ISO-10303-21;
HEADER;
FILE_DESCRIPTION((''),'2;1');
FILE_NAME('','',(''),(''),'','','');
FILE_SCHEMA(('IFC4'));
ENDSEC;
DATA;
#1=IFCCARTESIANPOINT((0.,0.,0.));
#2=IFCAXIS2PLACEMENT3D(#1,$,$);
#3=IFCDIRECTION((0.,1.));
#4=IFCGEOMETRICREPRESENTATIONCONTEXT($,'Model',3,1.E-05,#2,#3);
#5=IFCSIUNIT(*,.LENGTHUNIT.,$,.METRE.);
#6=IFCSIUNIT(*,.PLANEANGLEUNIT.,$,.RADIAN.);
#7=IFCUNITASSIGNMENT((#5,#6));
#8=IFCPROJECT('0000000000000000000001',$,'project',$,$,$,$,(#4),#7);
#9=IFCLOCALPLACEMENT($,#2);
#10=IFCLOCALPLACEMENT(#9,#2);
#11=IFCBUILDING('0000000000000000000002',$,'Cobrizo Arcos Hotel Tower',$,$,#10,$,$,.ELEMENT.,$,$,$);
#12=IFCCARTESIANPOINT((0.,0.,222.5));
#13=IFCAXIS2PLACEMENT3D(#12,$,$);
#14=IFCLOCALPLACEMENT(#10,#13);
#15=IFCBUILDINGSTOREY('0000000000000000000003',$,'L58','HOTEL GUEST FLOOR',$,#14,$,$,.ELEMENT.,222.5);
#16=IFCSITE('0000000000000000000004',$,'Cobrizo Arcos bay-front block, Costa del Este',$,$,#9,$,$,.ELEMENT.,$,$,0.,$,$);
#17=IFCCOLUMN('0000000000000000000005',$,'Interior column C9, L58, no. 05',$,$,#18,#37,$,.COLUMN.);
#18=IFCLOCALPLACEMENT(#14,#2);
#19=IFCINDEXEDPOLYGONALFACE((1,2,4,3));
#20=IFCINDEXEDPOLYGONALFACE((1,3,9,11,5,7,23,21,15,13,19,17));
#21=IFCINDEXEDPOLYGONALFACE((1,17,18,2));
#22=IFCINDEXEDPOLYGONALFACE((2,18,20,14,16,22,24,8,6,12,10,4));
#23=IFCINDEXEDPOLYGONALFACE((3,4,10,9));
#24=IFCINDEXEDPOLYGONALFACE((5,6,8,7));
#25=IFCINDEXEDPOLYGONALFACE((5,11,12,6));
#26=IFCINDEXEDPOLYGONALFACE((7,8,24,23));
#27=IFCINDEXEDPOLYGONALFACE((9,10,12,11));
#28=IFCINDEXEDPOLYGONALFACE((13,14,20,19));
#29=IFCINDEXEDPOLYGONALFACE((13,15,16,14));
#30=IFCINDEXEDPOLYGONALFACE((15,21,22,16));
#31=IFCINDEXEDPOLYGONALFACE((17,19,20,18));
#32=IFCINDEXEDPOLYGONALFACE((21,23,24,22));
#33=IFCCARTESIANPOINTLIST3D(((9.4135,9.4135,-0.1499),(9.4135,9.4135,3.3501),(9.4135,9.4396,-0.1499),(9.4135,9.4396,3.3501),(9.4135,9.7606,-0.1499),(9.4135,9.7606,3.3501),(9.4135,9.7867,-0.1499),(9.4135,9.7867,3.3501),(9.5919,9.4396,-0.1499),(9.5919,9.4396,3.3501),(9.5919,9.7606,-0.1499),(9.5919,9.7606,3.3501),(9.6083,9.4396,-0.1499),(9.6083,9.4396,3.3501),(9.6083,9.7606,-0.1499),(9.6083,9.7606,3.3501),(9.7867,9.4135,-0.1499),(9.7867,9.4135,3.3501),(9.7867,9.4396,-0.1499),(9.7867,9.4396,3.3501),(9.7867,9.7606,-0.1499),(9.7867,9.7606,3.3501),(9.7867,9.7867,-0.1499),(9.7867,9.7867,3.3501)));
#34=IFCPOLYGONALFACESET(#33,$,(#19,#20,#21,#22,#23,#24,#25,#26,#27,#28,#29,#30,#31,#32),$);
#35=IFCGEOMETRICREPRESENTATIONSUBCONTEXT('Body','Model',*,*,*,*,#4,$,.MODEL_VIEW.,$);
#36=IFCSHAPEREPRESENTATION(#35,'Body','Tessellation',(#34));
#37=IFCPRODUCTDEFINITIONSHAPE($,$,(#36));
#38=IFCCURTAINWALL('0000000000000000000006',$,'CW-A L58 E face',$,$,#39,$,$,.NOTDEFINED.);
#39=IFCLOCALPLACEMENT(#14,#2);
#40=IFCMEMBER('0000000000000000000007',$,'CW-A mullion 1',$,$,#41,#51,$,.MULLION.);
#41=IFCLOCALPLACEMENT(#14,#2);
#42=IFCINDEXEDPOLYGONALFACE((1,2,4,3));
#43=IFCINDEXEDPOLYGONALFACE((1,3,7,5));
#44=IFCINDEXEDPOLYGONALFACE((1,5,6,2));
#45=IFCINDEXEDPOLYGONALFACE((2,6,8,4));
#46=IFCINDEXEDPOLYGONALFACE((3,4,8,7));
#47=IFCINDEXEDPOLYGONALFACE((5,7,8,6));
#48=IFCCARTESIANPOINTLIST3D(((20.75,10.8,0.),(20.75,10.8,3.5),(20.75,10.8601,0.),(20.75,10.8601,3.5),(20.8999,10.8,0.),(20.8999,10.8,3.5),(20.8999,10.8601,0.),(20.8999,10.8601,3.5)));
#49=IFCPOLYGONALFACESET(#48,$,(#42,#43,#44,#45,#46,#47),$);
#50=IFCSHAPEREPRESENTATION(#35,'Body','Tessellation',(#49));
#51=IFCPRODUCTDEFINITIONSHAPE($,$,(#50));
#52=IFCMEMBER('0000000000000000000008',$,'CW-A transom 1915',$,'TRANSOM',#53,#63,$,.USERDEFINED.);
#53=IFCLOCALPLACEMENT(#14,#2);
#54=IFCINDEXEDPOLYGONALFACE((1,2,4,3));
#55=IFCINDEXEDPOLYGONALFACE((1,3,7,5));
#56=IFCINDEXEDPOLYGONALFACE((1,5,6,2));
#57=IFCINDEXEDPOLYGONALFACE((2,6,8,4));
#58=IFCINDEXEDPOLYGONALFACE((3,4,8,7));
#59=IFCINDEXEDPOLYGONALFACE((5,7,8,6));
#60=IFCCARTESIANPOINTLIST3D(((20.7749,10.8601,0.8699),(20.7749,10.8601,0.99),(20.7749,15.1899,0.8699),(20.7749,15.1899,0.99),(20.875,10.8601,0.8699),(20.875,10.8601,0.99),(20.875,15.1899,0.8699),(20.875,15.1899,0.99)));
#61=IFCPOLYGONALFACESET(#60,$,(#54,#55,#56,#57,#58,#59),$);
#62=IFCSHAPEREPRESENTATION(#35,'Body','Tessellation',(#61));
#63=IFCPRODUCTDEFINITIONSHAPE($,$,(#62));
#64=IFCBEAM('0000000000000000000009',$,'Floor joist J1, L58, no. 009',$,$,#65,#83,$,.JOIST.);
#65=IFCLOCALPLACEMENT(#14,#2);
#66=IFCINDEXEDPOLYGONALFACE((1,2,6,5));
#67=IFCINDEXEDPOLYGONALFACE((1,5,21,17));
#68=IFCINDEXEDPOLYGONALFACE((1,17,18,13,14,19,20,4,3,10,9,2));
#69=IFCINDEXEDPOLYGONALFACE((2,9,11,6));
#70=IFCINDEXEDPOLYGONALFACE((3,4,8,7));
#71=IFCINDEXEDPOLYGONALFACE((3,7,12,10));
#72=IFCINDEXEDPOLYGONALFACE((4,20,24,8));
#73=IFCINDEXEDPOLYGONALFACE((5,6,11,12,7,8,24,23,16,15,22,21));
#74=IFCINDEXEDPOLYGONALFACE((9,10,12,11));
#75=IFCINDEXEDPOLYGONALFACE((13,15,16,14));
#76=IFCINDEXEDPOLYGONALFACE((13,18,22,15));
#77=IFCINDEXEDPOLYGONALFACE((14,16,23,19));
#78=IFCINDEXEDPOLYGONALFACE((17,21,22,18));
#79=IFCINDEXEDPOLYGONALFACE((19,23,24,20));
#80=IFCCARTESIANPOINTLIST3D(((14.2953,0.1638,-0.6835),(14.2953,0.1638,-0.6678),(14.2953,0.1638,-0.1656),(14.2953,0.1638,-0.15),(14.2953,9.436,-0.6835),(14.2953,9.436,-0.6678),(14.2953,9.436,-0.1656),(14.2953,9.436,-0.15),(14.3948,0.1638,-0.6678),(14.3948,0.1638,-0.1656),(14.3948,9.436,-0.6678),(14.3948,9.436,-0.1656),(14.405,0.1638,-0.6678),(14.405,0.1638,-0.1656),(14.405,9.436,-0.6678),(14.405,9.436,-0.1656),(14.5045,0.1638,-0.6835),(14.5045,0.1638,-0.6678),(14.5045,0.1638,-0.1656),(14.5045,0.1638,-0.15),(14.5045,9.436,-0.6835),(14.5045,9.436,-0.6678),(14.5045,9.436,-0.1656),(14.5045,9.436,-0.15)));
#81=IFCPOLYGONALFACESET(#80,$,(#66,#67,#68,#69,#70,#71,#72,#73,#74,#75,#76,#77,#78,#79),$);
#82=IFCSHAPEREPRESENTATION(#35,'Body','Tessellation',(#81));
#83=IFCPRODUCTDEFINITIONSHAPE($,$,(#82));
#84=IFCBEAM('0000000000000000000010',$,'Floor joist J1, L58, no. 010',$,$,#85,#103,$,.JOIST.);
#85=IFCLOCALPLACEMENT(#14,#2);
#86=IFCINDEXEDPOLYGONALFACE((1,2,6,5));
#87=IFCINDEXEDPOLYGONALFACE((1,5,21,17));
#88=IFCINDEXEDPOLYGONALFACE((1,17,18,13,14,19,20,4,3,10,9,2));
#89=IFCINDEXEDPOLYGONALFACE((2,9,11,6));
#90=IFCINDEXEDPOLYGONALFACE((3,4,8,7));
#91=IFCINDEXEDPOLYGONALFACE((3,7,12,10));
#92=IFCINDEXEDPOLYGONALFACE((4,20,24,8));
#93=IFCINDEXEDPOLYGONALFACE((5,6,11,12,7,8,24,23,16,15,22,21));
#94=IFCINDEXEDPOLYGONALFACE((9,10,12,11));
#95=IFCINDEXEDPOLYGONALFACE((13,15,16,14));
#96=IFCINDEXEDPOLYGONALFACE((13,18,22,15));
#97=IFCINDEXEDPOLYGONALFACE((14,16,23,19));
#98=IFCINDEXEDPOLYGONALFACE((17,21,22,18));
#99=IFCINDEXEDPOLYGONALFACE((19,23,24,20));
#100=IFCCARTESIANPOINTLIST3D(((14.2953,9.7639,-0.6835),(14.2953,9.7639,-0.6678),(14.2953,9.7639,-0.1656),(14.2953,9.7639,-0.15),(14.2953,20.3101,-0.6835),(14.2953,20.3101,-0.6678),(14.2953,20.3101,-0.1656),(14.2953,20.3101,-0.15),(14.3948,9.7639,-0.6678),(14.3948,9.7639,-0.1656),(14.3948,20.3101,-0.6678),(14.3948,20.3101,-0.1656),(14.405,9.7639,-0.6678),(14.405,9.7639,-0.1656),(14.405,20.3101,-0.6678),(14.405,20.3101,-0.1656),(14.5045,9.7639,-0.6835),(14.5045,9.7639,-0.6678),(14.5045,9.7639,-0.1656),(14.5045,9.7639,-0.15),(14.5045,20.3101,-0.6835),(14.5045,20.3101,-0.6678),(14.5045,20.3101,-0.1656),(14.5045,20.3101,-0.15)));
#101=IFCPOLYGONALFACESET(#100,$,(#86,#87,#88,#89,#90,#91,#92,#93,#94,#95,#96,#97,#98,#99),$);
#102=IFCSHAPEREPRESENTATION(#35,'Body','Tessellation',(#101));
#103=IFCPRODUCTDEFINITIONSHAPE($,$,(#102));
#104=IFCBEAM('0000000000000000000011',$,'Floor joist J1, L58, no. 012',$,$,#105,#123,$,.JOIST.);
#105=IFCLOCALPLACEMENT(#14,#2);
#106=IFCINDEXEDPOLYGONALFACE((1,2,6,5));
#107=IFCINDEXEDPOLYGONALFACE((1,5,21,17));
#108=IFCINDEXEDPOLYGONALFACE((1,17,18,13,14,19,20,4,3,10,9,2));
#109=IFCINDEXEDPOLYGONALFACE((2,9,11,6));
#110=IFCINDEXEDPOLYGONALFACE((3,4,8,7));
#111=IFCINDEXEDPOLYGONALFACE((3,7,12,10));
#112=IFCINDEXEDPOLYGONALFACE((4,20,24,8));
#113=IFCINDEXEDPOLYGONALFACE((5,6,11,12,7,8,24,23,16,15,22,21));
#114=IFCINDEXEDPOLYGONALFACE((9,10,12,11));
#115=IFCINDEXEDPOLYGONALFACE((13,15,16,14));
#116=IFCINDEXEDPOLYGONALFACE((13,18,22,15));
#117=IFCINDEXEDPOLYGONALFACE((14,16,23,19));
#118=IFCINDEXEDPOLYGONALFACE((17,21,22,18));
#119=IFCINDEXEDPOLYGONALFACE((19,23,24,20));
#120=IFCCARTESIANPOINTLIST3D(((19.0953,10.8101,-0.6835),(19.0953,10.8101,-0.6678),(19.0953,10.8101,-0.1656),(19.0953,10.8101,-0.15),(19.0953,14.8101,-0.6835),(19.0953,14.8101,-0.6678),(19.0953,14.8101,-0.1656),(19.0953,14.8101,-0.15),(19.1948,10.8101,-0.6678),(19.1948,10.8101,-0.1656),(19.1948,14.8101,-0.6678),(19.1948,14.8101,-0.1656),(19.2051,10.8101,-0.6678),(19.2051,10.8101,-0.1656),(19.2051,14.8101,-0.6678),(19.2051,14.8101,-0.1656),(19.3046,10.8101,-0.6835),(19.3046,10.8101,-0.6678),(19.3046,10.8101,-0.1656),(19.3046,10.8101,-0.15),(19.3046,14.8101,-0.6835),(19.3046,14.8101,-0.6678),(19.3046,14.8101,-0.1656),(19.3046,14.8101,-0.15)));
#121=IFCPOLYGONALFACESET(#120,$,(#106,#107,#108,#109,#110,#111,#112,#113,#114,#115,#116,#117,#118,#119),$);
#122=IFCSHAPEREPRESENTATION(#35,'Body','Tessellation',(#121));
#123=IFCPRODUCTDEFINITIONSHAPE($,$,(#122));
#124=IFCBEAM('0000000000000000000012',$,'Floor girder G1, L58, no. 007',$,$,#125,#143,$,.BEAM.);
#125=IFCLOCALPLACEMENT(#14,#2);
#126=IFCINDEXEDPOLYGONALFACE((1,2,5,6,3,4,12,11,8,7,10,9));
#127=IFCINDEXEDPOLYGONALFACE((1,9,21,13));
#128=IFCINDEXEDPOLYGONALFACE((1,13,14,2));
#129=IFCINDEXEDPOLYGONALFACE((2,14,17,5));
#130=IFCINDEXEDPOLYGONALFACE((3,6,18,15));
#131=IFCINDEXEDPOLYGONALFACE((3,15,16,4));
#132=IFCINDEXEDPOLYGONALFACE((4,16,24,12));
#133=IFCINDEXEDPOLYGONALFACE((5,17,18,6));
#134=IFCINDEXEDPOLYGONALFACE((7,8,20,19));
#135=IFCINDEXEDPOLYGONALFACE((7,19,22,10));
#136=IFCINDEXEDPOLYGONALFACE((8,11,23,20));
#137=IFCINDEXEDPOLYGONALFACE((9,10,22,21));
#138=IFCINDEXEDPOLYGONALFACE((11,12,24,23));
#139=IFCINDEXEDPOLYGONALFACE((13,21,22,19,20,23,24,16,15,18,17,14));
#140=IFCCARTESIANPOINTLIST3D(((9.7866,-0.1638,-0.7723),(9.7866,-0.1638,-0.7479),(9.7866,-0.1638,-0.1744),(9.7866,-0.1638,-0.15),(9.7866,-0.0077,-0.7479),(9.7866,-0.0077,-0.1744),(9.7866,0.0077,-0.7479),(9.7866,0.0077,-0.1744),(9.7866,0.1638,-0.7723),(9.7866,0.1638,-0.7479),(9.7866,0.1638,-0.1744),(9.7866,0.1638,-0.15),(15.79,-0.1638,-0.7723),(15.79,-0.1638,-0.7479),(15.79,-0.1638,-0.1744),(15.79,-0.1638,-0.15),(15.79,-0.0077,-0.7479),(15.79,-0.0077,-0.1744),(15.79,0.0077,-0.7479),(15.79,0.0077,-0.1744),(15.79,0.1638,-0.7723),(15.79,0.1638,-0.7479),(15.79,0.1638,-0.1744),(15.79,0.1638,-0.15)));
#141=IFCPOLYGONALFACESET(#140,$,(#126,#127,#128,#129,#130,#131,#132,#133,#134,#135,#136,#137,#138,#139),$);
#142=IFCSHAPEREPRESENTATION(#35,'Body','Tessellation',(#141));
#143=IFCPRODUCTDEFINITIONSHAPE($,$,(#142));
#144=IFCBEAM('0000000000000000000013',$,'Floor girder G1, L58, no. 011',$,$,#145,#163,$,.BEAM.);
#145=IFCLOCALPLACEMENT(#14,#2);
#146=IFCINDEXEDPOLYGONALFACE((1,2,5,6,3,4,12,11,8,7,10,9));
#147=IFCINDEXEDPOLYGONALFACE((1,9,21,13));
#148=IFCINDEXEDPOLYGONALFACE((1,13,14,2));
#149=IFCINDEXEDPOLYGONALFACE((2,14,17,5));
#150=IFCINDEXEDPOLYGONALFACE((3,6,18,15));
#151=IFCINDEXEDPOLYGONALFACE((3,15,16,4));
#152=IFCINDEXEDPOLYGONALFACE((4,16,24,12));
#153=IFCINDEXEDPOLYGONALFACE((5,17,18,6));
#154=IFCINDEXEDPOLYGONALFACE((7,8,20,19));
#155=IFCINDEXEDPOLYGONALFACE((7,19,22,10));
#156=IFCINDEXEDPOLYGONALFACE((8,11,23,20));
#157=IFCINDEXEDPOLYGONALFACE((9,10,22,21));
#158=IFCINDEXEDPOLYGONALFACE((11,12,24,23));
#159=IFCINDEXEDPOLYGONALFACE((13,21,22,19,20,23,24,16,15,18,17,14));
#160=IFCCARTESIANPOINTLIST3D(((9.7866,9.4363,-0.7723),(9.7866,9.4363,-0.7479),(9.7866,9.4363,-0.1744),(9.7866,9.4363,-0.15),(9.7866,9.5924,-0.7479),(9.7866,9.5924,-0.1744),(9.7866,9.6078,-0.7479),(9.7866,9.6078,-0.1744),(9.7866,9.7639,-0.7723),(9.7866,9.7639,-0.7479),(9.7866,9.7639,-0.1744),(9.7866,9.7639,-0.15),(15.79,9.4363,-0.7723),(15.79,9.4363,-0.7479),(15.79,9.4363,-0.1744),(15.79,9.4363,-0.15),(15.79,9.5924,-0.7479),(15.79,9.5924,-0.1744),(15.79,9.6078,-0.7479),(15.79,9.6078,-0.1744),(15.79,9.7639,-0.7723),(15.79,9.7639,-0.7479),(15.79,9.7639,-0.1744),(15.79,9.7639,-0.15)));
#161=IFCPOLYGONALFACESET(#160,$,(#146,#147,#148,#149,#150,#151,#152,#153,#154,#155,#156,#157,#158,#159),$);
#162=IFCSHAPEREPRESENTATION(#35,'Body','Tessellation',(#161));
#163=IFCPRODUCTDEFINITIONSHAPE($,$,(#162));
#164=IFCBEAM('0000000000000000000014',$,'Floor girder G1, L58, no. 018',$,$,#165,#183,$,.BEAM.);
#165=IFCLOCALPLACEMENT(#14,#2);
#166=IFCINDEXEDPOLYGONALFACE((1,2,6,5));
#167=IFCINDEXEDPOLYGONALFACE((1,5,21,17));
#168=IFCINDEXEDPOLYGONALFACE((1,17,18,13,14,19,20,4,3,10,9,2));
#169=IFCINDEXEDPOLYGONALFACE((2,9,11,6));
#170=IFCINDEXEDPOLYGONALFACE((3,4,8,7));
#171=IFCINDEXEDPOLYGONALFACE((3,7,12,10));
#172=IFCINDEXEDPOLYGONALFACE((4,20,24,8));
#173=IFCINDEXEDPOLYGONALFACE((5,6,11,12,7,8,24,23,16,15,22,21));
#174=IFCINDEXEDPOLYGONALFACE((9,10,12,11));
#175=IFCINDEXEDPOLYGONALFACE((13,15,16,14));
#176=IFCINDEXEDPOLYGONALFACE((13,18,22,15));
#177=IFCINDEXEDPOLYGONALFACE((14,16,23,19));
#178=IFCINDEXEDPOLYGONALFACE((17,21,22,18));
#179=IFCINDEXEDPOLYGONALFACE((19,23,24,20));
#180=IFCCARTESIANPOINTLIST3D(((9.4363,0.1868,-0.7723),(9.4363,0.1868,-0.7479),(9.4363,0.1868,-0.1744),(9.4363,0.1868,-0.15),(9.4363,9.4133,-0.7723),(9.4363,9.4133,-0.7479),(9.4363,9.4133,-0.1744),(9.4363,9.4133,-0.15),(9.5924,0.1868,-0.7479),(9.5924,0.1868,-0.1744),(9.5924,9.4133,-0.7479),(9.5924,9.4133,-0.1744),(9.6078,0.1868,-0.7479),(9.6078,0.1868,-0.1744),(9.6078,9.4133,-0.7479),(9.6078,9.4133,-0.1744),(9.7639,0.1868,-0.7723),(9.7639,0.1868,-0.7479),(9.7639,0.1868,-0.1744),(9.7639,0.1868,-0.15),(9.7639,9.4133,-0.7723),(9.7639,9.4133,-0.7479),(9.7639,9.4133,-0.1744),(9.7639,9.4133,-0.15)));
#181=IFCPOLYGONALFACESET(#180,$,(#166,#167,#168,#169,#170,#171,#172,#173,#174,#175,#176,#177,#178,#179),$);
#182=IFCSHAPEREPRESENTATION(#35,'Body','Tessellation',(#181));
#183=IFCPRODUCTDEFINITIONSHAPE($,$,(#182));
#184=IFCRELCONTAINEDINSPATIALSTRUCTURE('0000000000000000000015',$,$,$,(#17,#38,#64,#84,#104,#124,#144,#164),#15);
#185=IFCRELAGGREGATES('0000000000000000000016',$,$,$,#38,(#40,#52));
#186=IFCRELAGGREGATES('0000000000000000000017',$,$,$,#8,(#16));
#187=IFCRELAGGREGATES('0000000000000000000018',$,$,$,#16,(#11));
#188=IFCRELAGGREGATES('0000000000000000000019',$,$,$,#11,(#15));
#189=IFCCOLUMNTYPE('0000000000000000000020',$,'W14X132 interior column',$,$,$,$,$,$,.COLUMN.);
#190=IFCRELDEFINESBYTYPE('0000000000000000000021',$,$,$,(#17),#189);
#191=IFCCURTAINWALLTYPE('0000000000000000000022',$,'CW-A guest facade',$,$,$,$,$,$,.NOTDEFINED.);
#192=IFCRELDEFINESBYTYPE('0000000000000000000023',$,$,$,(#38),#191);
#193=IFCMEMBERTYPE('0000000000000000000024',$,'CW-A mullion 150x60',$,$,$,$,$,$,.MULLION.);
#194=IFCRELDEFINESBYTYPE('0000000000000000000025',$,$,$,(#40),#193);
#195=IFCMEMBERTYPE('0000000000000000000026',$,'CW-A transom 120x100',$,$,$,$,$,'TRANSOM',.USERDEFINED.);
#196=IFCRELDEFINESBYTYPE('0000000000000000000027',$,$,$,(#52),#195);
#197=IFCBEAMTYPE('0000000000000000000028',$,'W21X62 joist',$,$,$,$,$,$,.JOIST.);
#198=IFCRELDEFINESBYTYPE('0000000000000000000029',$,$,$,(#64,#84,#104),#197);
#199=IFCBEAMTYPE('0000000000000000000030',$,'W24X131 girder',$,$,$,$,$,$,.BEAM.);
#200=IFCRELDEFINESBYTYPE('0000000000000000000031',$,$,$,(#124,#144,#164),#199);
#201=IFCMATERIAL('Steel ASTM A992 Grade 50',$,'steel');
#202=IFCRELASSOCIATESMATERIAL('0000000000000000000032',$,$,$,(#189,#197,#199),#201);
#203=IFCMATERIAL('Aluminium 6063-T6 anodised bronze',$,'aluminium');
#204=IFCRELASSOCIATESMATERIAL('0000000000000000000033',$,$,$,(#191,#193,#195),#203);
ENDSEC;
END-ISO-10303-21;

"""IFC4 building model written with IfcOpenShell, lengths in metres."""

from ifc_helpers import new_model, si_unit, direction, frame, origin, origin_2d, place, context, subcontext, project, spatial, rectangle, i_section, extrude, material, material_profile, profile_set, type_object, element, aggregate, save


model = new_model("IFC4")

# Units and contexts
model_context = context("Model", 3, precision=1e-05, world=origin(), true_north=direction((0.0, 1.0)))
body_context = subcontext(model_context, "Body", "Model", "MODEL_VIEW")
ifc_project = project(units=[si_unit("LENGTHUNIT", "METRE"), si_unit("PLANEANGLEUNIT", "RADIAN")], contexts=[model_context])

# Site, building, storey
site_placement = place(None, origin())
site = spatial("IfcSite", under=ifc_project, at=site_placement, Name="Cobrizo Arcos bay-front block, Costa del Este", CompositionType="ELEMENT", RefElevation=0.0)
building_placement = place(site_placement, origin())
building = spatial("IfcBuilding", under=site, at=building_placement, Name="Cobrizo Arcos Hotel Tower", CompositionType="ELEMENT")
storey_placement = place(building_placement, frame((0.0, 0.0, 222.5)))
storey = spatial("IfcBuildingStorey", under=building, at=storey_placement, Name="L58", Description="HOTEL GUEST FLOOR", CompositionType="ELEMENT", Elevation=222.5)

# Column
ifc_material_1 = material(Name="Steel ASTM A992 Grade 50", Category="steel")
ifc_material_profile_1 = material_profile(ifc_material_1, i_section(OverallWidth=0.3733, OverallDepth=0.3733, WebThickness=0.0164, FlangeThickness=0.0261, at=origin_2d()), Name="W14X132")
ifc_profile_set_1 = profile_set([ifc_material_profile_1], Name="Steel ASTM A992 Grade 50")
column_type = type_object("IfcColumnType", Name="W14X132 interior column", PredefinedType="COLUMN", material=ifc_profile_set_1)
column_placement = place(storey_placement, frame((9.6001, 9.6001, -0.1499), z_axis=(0.0, 0.0, 1.0), x_axis=(1.0, 0.0, 0.0)))
element("IfcColumn", 1, at=column_placement, inside=storey, type_object=column_type, Name="Interior column C9, L58, no. 05", PredefinedType="COLUMN", context=body_context, shape_type="SweptSolid", body=[
    extrude(i_section(OverallWidth=0.3733, OverallDepth=0.3733, WebThickness=0.0164, FlangeThickness=0.0261, at=origin_2d()), origin(), (0.0, 0.0, 1.0), 3.5),
])

# Curtain wall, members
ifc_material_2 = material(Name="Aluminium 6063-T6 anodised bronze", Category="aluminium")
curtain_wall_type = type_object("IfcCurtainWallType", Name="CW-A guest facade", PredefinedType="NOTDEFINED", material=ifc_material_2)
curtain_wall_placement = place(storey_placement, origin())
curtain_wall = element("IfcCurtainWall", 2, at=curtain_wall_placement, inside=storey, type_object=curtain_wall_type, Name="CW-A L58 E face", PredefinedType="NOTDEFINED")
ifc_material_profile_2 = material_profile(ifc_material_2, rectangle(XDim=0.1499, YDim=0.0601, at=origin_2d()), Name="CW-A mullion 150x60")
ifc_profile_set_2 = profile_set([ifc_material_profile_2], Name="Aluminium 6063-T6 anodised bronze")
member_type_1 = type_object("IfcMemberType", Name="CW-A mullion 150x60", PredefinedType="MULLION", material=ifc_profile_set_2)
member_1_placement = place(storey_placement, frame((20.825, 10.8301, 0.0), z_axis=(0.0, 0.0, 1.0), x_axis=(1.0, 0.0, 0.0)))
member_1 = element("IfcMember", 3, at=member_1_placement, type_object=member_type_1, Name="CW-A mullion 1", PredefinedType="MULLION", context=body_context, shape_type="SweptSolid", body=[
    extrude(rectangle(XDim=0.1499, YDim=0.0601, at=origin_2d()), origin(), (0.0, 0.0, 1.0), 3.5),
])
ifc_material_profile_3 = material_profile(ifc_material_2, rectangle(XDim=0.1001, YDim=0.1201, at=origin_2d()), Name="CW-A transom 120x100")
ifc_profile_set_3 = profile_set([ifc_material_profile_3], Name="Aluminium 6063-T6 anodised bronze")
member_type_2 = type_object("IfcMemberType", Name="CW-A transom 120x100", ElementType="TRANSOM", PredefinedType="USERDEFINED", material=ifc_profile_set_3)
member_2_placement = place(storey_placement, frame((20.825, 10.8601, 0.9299), z_axis=(0.0, 1.0, 0.0), x_axis=(-1.0, 0.0, 0.0)))
member_2 = element("IfcMember", 4, at=member_2_placement, type_object=member_type_2, Name="CW-A transom 1915", ObjectType="TRANSOM", PredefinedType="USERDEFINED", context=body_context, shape_type="SweptSolid", body=[
    extrude(rectangle(XDim=0.1001, YDim=0.1201, at=origin_2d()), origin(), (0.0, 0.0, 1.0), 4.3298),
])
aggregate(curtain_wall, [member_1, member_2])

# Beams
ifc_material_profile_4 = material_profile(ifc_material_1, i_section(OverallWidth=0.2092, OverallDepth=0.5334, WebThickness=0.0103, FlangeThickness=0.0156, at=origin_2d()), Name="W21X62")
ifc_profile_set_4 = profile_set([ifc_material_profile_4], Name="Steel ASTM A992 Grade 50")
beam_type_1 = type_object("IfcBeamType", Name="W21X62 joist", PredefinedType="JOIST", material=ifc_profile_set_4)
beam_1_placement = place(storey_placement, frame((14.3999, 0.1638, -0.4167), z_axis=(0.0, 1.0, 0.0), x_axis=(-1.0, 0.0, 0.0)))
element("IfcBeam", 5, at=beam_1_placement, inside=storey, type_object=beam_type_1, Name="Floor joist J1, L58, no. 009", PredefinedType="JOIST", context=body_context, shape_type="SweptSolid", body=[
    extrude(i_section(OverallWidth=0.2092, OverallDepth=0.5334, WebThickness=0.0103, FlangeThickness=0.0156, at=origin_2d()), origin(), (0.0, 0.0, 1.0), 9.2722),
])
beam_2_placement = place(storey_placement, frame((14.3999, 9.7639, -0.4167), z_axis=(0.0, 1.0, 0.0), x_axis=(-1.0, 0.0, 0.0)))
element("IfcBeam", 6, at=beam_2_placement, inside=storey, type_object=beam_type_1, Name="Floor joist J1, L58, no. 010", PredefinedType="JOIST", context=body_context, shape_type="SweptSolid", body=[
    extrude(i_section(OverallWidth=0.2092, OverallDepth=0.5334, WebThickness=0.0103, FlangeThickness=0.0156, at=origin_2d()), origin(), (0.0, 0.0, 1.0), 10.5461),
])
beam_3_placement = place(storey_placement, frame((19.2, 10.8101, -0.4167), z_axis=(0.0, 1.0, 0.0), x_axis=(-1.0, 0.0, 0.0)))
element("IfcBeam", 7, at=beam_3_placement, inside=storey, type_object=beam_type_1, Name="Floor joist J1, L58, no. 012", PredefinedType="JOIST", context=body_context, shape_type="SweptSolid", body=[
    extrude(i_section(OverallWidth=0.2092, OverallDepth=0.5334, WebThickness=0.0103, FlangeThickness=0.0156, at=origin_2d()), origin(), (0.0, 0.0, 1.0), 4.0),
])
ifc_material_profile_5 = material_profile(ifc_material_1, i_section(OverallWidth=0.3276, OverallDepth=0.6223, WebThickness=0.0154, FlangeThickness=0.0244, at=origin_2d()), Name="W24X131")
ifc_profile_set_5 = profile_set([ifc_material_profile_5], Name="Steel ASTM A992 Grade 50")
beam_type_2 = type_object("IfcBeamType", Name="W24X131 girder", PredefinedType="BEAM", material=ifc_profile_set_5)
for number, where, z_axis, x_axis, name in (
    (8, (9.7866, 0.0, -0.4612), (1.0, 0.0, 0.0), (0.0, 1.0, 0.0), "Floor girder G1, L58, no. 007"),
    (9, (9.7866, 9.6001, -0.4612), (1.0, 0.0, 0.0), (0.0, 1.0, 0.0), "Floor girder G1, L58, no. 011"),
):
    element("IfcBeam", number, at=place(storey_placement, frame(where, z_axis=z_axis, x_axis=x_axis)), inside=storey, type_object=beam_type_2, Name=name, PredefinedType="BEAM", context=body_context, shape_type="SweptSolid", body=[
        extrude(i_section(OverallWidth=0.3276, OverallDepth=0.6223, WebThickness=0.0154, FlangeThickness=0.0244, at=origin_2d()), origin(), (0.0, 0.0, 1.0), 6.0034),
    ])
beam_4_placement = place(storey_placement, frame((9.6001, 0.1868, -0.4612), z_axis=(0.0, 1.0, 0.0), x_axis=(-1.0, 0.0, 0.0)))
element("IfcBeam", 10, at=beam_4_placement, inside=storey, type_object=beam_type_2, Name="Floor girder G1, L58, no. 018", PredefinedType="BEAM", context=body_context, shape_type="SweptSolid", body=[
    extrude(i_section(OverallWidth=0.3276, OverallDepth=0.6223, WebThickness=0.0154, FlangeThickness=0.0244, at=origin_2d()), origin(), (0.0, 0.0, 1.0), 9.2266),
])

save(model, "model.ifc")
